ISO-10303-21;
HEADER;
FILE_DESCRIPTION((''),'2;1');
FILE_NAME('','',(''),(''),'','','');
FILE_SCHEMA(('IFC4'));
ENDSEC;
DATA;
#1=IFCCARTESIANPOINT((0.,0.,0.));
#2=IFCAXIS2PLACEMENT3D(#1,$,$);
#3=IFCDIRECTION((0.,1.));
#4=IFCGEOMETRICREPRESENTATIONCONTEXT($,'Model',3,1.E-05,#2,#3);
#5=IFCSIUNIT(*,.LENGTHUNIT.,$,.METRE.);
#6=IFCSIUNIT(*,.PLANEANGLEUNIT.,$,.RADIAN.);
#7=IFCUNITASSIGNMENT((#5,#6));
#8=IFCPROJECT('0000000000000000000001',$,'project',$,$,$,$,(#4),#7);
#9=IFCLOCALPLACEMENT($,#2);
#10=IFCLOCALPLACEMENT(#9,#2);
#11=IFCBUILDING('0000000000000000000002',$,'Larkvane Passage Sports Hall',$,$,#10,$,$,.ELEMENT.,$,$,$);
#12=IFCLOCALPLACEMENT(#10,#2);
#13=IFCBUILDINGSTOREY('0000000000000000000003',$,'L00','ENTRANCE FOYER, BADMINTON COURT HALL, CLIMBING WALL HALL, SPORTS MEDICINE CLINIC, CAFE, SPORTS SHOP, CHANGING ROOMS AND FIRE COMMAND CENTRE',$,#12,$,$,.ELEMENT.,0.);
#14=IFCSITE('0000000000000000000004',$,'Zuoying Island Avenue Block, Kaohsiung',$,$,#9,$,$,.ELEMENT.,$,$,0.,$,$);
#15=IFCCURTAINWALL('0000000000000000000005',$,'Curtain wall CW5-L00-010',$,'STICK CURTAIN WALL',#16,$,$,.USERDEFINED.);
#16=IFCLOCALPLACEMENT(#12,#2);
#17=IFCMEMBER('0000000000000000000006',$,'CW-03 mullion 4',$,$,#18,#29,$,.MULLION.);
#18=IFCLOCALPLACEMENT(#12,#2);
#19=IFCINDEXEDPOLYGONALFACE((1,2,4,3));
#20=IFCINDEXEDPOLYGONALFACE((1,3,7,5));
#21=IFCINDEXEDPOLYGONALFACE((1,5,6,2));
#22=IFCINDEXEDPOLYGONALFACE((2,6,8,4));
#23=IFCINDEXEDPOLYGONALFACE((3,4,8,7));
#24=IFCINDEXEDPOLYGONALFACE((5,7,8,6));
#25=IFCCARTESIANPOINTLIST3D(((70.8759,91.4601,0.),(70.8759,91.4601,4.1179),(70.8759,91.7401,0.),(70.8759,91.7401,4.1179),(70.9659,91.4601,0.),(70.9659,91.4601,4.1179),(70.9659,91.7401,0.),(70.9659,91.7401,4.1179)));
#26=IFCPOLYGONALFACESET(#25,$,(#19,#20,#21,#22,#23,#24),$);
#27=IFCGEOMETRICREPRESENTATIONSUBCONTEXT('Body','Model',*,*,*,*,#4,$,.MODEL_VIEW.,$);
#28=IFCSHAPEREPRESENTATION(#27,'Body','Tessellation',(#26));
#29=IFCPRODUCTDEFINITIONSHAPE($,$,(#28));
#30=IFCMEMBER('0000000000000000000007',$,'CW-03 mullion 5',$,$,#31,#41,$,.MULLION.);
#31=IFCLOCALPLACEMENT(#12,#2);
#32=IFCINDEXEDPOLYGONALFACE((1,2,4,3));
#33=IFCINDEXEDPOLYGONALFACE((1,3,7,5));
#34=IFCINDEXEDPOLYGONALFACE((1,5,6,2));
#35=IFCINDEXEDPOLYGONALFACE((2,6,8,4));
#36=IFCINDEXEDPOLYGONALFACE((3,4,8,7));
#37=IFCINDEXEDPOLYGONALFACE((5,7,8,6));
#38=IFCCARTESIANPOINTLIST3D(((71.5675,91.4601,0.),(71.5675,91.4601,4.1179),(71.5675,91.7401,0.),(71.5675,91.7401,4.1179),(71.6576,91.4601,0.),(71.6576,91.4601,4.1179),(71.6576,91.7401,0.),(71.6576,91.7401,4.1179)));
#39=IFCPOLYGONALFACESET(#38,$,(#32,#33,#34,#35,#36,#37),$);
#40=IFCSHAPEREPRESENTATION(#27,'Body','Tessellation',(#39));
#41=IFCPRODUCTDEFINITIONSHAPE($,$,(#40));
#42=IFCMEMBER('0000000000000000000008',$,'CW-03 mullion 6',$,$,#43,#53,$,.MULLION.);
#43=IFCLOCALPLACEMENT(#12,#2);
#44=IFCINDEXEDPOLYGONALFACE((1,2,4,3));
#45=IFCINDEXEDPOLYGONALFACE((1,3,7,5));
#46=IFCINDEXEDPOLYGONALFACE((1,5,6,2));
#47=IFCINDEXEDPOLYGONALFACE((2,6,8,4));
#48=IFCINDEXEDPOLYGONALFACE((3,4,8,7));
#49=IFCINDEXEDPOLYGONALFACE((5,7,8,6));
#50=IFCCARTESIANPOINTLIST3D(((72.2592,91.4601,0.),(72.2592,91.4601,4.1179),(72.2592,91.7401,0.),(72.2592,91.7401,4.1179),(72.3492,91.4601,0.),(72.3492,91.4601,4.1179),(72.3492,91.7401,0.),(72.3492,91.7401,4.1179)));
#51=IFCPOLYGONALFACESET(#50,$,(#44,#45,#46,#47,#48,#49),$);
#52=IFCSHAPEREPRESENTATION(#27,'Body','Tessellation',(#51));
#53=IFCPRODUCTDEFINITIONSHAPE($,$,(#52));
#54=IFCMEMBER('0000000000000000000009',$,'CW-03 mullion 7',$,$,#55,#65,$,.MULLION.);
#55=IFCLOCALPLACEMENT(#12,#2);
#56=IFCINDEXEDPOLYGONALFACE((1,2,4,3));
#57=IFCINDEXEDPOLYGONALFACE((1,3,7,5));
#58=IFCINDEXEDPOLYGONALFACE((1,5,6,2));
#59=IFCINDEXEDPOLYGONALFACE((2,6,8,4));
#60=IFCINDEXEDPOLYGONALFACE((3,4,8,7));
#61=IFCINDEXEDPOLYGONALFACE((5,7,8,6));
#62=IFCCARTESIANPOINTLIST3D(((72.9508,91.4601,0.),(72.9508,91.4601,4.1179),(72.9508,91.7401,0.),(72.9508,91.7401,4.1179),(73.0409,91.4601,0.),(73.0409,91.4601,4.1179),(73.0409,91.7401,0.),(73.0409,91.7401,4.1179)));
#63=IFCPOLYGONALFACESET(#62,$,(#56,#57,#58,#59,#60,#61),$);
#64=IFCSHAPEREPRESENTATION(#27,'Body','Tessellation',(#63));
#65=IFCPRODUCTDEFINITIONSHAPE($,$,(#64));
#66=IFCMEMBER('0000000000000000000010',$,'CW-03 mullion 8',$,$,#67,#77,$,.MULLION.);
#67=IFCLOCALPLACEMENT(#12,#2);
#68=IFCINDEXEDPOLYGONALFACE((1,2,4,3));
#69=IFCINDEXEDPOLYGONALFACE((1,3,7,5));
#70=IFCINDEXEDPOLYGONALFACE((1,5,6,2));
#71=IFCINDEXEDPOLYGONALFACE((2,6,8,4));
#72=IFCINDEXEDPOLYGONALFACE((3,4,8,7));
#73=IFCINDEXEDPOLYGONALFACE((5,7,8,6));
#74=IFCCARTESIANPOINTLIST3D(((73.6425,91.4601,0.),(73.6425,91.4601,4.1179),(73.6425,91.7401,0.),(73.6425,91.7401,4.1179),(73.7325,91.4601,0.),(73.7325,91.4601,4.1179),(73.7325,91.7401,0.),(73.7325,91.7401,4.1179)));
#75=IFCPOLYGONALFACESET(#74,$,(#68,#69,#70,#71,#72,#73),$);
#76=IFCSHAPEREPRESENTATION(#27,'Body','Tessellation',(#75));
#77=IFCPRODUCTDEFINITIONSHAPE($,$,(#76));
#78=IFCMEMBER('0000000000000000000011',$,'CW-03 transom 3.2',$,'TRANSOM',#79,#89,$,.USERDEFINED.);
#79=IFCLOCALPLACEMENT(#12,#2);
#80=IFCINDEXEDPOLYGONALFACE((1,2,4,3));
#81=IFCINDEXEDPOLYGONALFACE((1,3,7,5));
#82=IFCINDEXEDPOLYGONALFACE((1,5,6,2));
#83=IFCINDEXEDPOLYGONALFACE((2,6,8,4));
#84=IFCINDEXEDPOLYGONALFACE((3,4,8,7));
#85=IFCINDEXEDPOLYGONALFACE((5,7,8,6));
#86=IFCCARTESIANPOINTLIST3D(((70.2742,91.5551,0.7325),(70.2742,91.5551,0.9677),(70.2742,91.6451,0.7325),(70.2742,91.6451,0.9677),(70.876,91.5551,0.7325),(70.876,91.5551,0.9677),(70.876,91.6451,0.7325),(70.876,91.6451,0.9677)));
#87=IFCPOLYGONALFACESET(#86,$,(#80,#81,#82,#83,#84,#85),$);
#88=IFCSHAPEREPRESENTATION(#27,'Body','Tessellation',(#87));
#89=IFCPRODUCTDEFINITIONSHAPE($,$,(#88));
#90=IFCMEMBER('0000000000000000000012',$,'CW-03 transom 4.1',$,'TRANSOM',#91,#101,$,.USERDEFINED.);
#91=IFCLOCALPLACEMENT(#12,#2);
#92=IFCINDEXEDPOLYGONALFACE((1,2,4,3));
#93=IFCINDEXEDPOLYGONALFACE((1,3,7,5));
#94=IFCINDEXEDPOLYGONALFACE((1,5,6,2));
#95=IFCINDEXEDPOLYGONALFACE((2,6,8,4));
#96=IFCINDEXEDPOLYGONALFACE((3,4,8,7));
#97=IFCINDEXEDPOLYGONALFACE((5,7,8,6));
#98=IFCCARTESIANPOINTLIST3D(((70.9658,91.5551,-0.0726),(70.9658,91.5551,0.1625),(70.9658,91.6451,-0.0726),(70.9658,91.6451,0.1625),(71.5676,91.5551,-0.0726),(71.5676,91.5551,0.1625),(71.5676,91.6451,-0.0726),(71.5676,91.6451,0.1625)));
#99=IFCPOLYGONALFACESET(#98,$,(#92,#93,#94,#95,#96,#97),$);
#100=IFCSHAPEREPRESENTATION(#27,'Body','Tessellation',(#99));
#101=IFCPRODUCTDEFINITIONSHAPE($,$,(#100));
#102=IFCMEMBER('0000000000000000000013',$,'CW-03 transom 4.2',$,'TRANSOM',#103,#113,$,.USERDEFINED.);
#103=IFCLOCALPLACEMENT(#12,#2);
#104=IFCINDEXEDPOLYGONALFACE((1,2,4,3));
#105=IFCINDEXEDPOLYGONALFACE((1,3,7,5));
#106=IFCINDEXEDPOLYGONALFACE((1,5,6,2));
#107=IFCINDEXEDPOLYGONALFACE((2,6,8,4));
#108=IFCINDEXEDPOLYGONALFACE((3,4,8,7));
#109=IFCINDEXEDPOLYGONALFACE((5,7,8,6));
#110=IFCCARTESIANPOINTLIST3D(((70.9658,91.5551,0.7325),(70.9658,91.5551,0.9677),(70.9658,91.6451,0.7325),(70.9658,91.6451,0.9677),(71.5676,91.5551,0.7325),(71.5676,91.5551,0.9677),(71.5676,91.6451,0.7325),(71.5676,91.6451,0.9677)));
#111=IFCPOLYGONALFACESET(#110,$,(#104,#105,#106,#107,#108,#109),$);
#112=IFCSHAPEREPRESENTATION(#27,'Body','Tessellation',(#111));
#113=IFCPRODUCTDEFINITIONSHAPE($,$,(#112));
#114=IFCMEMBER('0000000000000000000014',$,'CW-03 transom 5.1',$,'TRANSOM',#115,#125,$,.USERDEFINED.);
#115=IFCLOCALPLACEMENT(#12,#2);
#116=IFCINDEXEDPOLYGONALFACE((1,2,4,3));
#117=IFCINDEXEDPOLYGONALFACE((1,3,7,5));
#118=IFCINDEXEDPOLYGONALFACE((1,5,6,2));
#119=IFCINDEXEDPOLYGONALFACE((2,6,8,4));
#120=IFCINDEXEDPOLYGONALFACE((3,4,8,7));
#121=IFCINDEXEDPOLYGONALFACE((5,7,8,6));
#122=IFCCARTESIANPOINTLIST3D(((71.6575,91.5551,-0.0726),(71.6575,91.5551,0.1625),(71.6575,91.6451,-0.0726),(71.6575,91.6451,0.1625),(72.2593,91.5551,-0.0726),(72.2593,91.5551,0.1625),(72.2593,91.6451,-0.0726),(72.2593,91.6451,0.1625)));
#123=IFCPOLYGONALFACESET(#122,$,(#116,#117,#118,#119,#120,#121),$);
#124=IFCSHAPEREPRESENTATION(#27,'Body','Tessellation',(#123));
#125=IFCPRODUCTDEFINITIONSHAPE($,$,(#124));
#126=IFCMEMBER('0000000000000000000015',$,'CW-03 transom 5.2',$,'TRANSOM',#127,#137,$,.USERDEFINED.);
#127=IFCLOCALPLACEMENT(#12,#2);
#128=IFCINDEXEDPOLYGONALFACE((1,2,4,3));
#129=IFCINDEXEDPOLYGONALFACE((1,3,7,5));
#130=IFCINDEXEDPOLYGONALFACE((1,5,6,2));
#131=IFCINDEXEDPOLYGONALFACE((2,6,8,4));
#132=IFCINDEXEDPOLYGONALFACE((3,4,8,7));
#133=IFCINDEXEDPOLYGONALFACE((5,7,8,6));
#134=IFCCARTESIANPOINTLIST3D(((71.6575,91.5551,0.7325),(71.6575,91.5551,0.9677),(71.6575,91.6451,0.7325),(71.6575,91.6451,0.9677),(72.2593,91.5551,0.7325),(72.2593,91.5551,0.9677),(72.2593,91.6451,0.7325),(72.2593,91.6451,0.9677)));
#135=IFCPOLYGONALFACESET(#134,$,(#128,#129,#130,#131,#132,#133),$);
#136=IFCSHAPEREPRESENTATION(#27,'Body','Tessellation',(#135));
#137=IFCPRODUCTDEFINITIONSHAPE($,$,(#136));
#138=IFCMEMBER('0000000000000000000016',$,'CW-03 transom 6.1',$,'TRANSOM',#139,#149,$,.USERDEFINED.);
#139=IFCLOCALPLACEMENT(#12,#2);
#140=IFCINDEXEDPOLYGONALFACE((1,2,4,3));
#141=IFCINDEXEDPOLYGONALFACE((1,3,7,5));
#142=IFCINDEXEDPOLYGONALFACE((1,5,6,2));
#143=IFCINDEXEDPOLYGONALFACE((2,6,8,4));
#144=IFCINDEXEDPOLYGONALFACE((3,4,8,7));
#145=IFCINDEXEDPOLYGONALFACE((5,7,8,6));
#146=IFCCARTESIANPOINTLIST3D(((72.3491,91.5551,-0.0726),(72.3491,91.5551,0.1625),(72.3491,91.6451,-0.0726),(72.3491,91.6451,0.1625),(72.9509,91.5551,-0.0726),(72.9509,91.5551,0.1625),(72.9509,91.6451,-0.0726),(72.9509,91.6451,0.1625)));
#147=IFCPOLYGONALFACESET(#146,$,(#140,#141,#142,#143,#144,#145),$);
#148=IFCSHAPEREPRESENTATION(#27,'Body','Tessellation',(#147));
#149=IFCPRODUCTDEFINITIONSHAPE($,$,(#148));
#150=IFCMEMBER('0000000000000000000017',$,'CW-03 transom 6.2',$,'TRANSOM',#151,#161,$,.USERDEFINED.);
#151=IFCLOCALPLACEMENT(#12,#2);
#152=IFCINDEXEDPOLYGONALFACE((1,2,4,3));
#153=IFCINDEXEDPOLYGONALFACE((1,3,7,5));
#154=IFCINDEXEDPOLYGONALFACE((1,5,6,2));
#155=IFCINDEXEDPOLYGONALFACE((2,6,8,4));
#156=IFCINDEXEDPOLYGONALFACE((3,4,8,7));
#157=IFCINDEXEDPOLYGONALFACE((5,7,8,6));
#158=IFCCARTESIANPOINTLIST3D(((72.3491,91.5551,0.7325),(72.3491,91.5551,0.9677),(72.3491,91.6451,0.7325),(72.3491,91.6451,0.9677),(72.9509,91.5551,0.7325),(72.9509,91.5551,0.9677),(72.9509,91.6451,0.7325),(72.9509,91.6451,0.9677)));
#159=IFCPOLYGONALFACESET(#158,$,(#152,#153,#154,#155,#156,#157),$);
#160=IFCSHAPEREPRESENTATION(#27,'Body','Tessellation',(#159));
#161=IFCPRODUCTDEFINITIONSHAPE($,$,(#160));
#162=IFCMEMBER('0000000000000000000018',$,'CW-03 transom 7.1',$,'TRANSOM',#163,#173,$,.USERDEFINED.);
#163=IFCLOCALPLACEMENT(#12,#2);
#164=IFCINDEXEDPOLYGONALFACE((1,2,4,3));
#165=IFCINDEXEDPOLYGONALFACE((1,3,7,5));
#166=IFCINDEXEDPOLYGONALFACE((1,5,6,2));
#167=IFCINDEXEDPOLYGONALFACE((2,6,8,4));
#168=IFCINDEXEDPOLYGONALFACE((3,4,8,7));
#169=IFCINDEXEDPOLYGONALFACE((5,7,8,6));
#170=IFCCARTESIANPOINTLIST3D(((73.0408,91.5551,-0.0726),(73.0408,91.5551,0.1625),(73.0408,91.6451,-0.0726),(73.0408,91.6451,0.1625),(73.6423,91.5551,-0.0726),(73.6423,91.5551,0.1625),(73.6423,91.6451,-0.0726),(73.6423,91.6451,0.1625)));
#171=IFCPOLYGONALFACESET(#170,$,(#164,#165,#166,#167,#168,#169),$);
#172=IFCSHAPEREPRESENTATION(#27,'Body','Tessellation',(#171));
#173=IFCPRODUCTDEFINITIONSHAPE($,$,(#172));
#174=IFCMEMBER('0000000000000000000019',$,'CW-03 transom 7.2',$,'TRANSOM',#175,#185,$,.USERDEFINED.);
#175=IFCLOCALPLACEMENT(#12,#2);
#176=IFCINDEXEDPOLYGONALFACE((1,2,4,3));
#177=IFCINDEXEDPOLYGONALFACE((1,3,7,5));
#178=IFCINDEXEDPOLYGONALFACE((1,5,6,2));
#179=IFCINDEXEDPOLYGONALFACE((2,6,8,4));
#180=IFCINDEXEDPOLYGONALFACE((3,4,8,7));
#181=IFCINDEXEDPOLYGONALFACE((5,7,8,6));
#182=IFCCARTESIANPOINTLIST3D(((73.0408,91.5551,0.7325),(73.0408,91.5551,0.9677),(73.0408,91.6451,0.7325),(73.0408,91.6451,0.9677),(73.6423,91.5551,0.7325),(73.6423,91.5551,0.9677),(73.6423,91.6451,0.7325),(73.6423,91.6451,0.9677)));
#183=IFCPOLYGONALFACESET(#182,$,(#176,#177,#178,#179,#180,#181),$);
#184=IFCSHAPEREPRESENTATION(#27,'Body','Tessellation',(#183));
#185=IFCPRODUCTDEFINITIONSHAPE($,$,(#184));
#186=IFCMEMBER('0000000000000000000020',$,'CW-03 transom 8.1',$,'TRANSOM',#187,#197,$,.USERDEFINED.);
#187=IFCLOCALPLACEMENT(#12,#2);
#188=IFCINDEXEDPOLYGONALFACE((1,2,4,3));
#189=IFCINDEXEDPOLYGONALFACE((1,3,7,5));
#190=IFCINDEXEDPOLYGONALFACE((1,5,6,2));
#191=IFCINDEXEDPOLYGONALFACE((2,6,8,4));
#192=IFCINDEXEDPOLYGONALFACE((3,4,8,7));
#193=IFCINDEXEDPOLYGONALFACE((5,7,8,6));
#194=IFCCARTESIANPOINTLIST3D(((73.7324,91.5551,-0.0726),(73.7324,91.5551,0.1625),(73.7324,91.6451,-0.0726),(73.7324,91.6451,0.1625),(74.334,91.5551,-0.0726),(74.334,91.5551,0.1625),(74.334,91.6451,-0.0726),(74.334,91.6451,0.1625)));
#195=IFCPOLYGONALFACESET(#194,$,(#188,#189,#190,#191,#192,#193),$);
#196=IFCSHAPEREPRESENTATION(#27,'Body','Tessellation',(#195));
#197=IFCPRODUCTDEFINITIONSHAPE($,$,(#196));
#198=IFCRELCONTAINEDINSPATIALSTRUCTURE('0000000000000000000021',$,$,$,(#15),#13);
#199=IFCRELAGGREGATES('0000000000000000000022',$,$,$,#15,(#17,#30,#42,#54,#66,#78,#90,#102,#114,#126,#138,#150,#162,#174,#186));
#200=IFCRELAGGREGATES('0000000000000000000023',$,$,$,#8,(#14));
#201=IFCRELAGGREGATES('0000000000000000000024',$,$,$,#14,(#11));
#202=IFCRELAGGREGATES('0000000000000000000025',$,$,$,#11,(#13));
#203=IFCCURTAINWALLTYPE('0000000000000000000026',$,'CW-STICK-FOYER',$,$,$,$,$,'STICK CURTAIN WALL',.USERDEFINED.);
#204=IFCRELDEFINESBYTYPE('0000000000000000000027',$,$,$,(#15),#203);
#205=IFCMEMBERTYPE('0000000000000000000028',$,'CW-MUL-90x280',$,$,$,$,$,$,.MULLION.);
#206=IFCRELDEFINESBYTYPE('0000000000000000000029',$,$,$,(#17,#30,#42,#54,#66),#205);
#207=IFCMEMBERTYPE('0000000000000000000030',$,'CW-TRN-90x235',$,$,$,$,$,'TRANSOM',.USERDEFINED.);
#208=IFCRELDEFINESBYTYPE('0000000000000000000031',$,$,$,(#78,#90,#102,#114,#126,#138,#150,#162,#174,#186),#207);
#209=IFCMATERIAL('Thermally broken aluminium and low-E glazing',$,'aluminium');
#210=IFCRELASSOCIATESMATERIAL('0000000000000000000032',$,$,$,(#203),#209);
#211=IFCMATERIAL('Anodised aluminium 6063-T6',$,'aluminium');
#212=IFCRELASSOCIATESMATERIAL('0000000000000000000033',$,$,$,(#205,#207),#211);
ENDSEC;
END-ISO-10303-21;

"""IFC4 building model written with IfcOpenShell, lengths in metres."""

from ifc_helpers import new_model, si_unit, direction, frame, origin, origin_2d, place, context, subcontext, project, spatial, rectangle, extrude, material, material_profile, profile_set, type_object, element, aggregate, save


model = new_model("IFC4")

# Units and contexts
model_context = context("Model", 3, precision=1e-05, world=origin(), true_north=direction((0.0, 1.0)))
body_context = subcontext(model_context, "Body", "Model", "MODEL_VIEW")
ifc_project = project(units=[si_unit("LENGTHUNIT", "METRE"), si_unit("PLANEANGLEUNIT", "RADIAN")], contexts=[model_context])

# Site, building, storey
site_placement = place(None, origin())
site = spatial("IfcSite", under=ifc_project, at=site_placement, Name="Zuoying Island Avenue Block, Kaohsiung", CompositionType="ELEMENT", RefElevation=0.0)
building_placement = place(site_placement, origin())
building = spatial("IfcBuilding", under=site, at=building_placement, Name="Larkvane Passage Sports Hall", CompositionType="ELEMENT")
storey_placement = place(building_placement, origin())
storey = spatial("IfcBuildingStorey", under=building, at=storey_placement, Name="L00", Description="ENTRANCE FOYER, BADMINTON COURT HALL, CLIMBING WALL HALL, SPORTS MEDICINE CLINIC, CAFE, SPORTS SHOP, CHANGING ROOMS AND FIRE COMMAND CENTRE", CompositionType="ELEMENT", Elevation=0.0)

# Curtain wall, members
ifc_material_1 = material(Name="Thermally broken aluminium and low-E glazing", Category="aluminium")
curtain_wall_type = type_object("IfcCurtainWallType", Name="CW-STICK-FOYER", ElementType="STICK CURTAIN WALL", PredefinedType="USERDEFINED", material=ifc_material_1)
curtain_wall_placement = place(storey_placement, origin())
curtain_wall = element("IfcCurtainWall", 1, at=curtain_wall_placement, inside=storey, type_object=curtain_wall_type, Name="Curtain wall CW5-L00-010", ObjectType="STICK CURTAIN WALL", PredefinedType="USERDEFINED")
ifc_material_2 = material(Name="Anodised aluminium 6063-T6", Category="aluminium")
ifc_material_profile_1 = material_profile(ifc_material_2, rectangle(XDim=0.0901, YDim=0.28, at=origin_2d()), Name="ALU-MUL-90x280")
ifc_profile_set_1 = profile_set([ifc_material_profile_1], Name="Anodised aluminium 6063-T6")
member_type_1 = type_object("IfcMemberType", Name="CW-MUL-90x280", PredefinedType="MULLION", material=ifc_profile_set_1)
member_1_placement = place(storey_placement, frame((70.9209, 91.6001, 0.0), z_axis=(0.0, 0.0, 1.0), x_axis=(1.0, 0.0, 0.0)))
member_1 = element("IfcMember", 2, at=member_1_placement, type_object=member_type_1, Name="CW-03 mullion 4", PredefinedType="MULLION", context=body_context, shape_type="SweptSolid", body=[
    extrude(rectangle(XDim=0.0901, YDim=0.28, at=origin_2d()), origin(), (0.0, 0.0, 1.0), 4.1179),
])
member_2_placement = place(storey_placement, frame((71.6125, 91.6001, 0.0), z_axis=(0.0, 0.0, 1.0), x_axis=(1.0, 0.0, 0.0)))
member_2 = element("IfcMember", 3, at=member_2_placement, type_object=member_type_1, Name="CW-03 mullion 5", PredefinedType="MULLION", context=body_context, shape_type="SweptSolid", body=[
    extrude(rectangle(XDim=0.0901, YDim=0.28, at=origin_2d()), origin(), (0.0, 0.0, 1.0), 4.1179),
])
member_3_placement = place(storey_placement, frame((72.3042, 91.6001, 0.0), z_axis=(0.0, 0.0, 1.0), x_axis=(1.0, 0.0, 0.0)))
member_3 = element("IfcMember", 4, at=member_3_placement, type_object=member_type_1, Name="CW-03 mullion 6", PredefinedType="MULLION", context=body_context, shape_type="SweptSolid", body=[
    extrude(rectangle(XDim=0.0901, YDim=0.28, at=origin_2d()), origin(), (0.0, 0.0, 1.0), 4.1179),
])
member_4_placement = place(storey_placement, frame((72.9958, 91.6001, 0.0), z_axis=(0.0, 0.0, 1.0), x_axis=(1.0, 0.0, 0.0)))
member_4 = element("IfcMember", 5, at=member_4_placement, type_object=member_type_1, Name="CW-03 mullion 7", PredefinedType="MULLION", context=body_context, shape_type="SweptSolid", body=[
    extrude(rectangle(XDim=0.0901, YDim=0.28, at=origin_2d()), origin(), (0.0, 0.0, 1.0), 4.1179),
])
member_5_placement = place(storey_placement, frame((73.6875, 91.6001, 0.0), z_axis=(0.0, 0.0, 1.0), x_axis=(1.0, 0.0, 0.0)))
member_5 = element("IfcMember", 6, at=member_5_placement, type_object=member_type_1, Name="CW-03 mullion 8", PredefinedType="MULLION", context=body_context, shape_type="SweptSolid", body=[
    extrude(rectangle(XDim=0.0901, YDim=0.28, at=origin_2d()), origin(), (0.0, 0.0, 1.0), 4.1179),
])
ifc_material_profile_2 = material_profile(ifc_material_2, rectangle(XDim=0.0901, YDim=0.2351, at=origin_2d()), Name="ALU-TRN-90x235")
ifc_profile_set_2 = profile_set([ifc_material_profile_2], Name="Anodised aluminium 6063-T6")
member_type_2 = type_object("IfcMemberType", Name="CW-TRN-90x235", ElementType="TRANSOM", PredefinedType="USERDEFINED", material=ifc_profile_set_2)
member_6_placement = place(storey_placement, frame((70.2742, 91.6001, 0.8501), z_axis=(1.0, 0.0, 0.0), x_axis=(0.0, 1.0, 0.0)))
member_6 = element("IfcMember", 7, at=member_6_placement, type_object=member_type_2, Name="CW-03 transom 3.2", ObjectType="TRANSOM", PredefinedType="USERDEFINED", context=body_context, shape_type="SweptSolid", body=[
    extrude(rectangle(XDim=0.0901, YDim=0.2351, at=origin_2d()), origin(), (0.0, 0.0, 1.0), 0.6018),
])
member_7_placement = place(storey_placement, frame((70.9658, 91.6001, 0.0449), z_axis=(1.0, 0.0, 0.0), x_axis=(0.0, 1.0, 0.0)))
member_7 = element("IfcMember", 8, at=member_7_placement, type_object=member_type_2, Name="CW-03 transom 4.1", ObjectType="TRANSOM", PredefinedType="USERDEFINED", context=body_context, shape_type="SweptSolid", body=[
    extrude(rectangle(XDim=0.0901, YDim=0.2351, at=origin_2d()), origin(), (0.0, 0.0, 1.0), 0.6018),
])
member_8_placement = place(storey_placement, frame((70.9658, 91.6001, 0.8501), z_axis=(1.0, 0.0, 0.0), x_axis=(0.0, 1.0, 0.0)))
member_8 = element("IfcMember", 9, at=member_8_placement, type_object=member_type_2, Name="CW-03 transom 4.2", ObjectType="TRANSOM", PredefinedType="USERDEFINED", context=body_context, shape_type="SweptSolid", body=[
    extrude(rectangle(XDim=0.0901, YDim=0.2351, at=origin_2d()), origin(), (0.0, 0.0, 1.0), 0.6018),
])
member_9_placement = place(storey_placement, frame((71.6575, 91.6001, 0.0449), z_axis=(1.0, 0.0, 0.0), x_axis=(0.0, 1.0, 0.0)))
member_9 = element("IfcMember", 10, at=member_9_placement, type_object=member_type_2, Name="CW-03 transom 5.1", ObjectType="TRANSOM", PredefinedType="USERDEFINED", context=body_context, shape_type="SweptSolid", body=[
    extrude(rectangle(XDim=0.0901, YDim=0.2351, at=origin_2d()), origin(), (0.0, 0.0, 1.0), 0.6018),
])
member_10_placement = place(storey_placement, frame((71.6575, 91.6001, 0.8501), z_axis=(1.0, 0.0, 0.0), x_axis=(0.0, 1.0, 0.0)))
member_10 = element("IfcMember", 11, at=member_10_placement, type_object=member_type_2, Name="CW-03 transom 5.2", ObjectType="TRANSOM", PredefinedType="USERDEFINED", context=body_context, shape_type="SweptSolid", body=[
    extrude(rectangle(XDim=0.0901, YDim=0.2351, at=origin_2d()), origin(), (0.0, 0.0, 1.0), 0.6018),
])
member_11_placement = place(storey_placement, frame((72.3491, 91.6001, 0.0449), z_axis=(1.0, 0.0, 0.0), x_axis=(0.0, 1.0, 0.0)))
member_11 = element("IfcMember", 12, at=member_11_placement, type_object=member_type_2, Name="CW-03 transom 6.1", ObjectType="TRANSOM", PredefinedType="USERDEFINED", context=body_context, shape_type="SweptSolid", body=[
    extrude(rectangle(XDim=0.0901, YDim=0.2351, at=origin_2d()), origin(), (0.0, 0.0, 1.0), 0.6018),
])
member_12_placement = place(storey_placement, frame((72.3491, 91.6001, 0.8501), z_axis=(1.0, 0.0, 0.0), x_axis=(0.0, 1.0, 0.0)))
member_12 = element("IfcMember", 13, at=member_12_placement, type_object=member_type_2, Name="CW-03 transom 6.2", ObjectType="TRANSOM", PredefinedType="USERDEFINED", context=body_context, shape_type="SweptSolid", body=[
    extrude(rectangle(XDim=0.0901, YDim=0.2351, at=origin_2d()), origin(), (0.0, 0.0, 1.0), 0.6018),
])
member_13_placement = place(storey_placement, frame((73.0408, 91.6001, 0.0449), z_axis=(1.0, 0.0, 0.0), x_axis=(0.0, 1.0, 0.0)))
member_13 = element("IfcMember", 14, at=member_13_placement, type_object=member_type_2, Name="CW-03 transom 7.1", ObjectType="TRANSOM", PredefinedType="USERDEFINED", context=body_context, shape_type="SweptSolid", body=[
    extrude(rectangle(XDim=0.0901, YDim=0.2351, at=origin_2d()), origin(), (0.0, 0.0, 1.0), 0.6016),
])
member_14_placement = place(storey_placement, frame((73.0408, 91.6001, 0.8501), z_axis=(1.0, 0.0, 0.0), x_axis=(0.0, 1.0, 0.0)))
member_14 = element("IfcMember", 15, at=member_14_placement, type_object=member_type_2, Name="CW-03 transom 7.2", ObjectType="TRANSOM", PredefinedType="USERDEFINED", context=body_context, shape_type="SweptSolid", body=[
    extrude(rectangle(XDim=0.0901, YDim=0.2351, at=origin_2d()), origin(), (0.0, 0.0, 1.0), 0.6016),
])
member_15_placement = place(storey_placement, frame((73.7324, 91.6001, 0.0449), z_axis=(1.0, 0.0, 0.0), x_axis=(0.0, 1.0, 0.0)))
member_15 = element("IfcMember", 16, at=member_15_placement, type_object=member_type_2, Name="CW-03 transom 8.1", ObjectType="TRANSOM", PredefinedType="USERDEFINED", context=body_context, shape_type="SweptSolid", body=[
    extrude(rectangle(XDim=0.0901, YDim=0.2351, at=origin_2d()), origin(), (0.0, 0.0, 1.0), 0.6016),
])
aggregate(curtain_wall, [member_1, member_2, member_3, member_4, member_5, member_6, member_7, member_8, member_9, member_10, member_11, member_12, member_13, member_14, member_15])

save(model, "model.ifc")
